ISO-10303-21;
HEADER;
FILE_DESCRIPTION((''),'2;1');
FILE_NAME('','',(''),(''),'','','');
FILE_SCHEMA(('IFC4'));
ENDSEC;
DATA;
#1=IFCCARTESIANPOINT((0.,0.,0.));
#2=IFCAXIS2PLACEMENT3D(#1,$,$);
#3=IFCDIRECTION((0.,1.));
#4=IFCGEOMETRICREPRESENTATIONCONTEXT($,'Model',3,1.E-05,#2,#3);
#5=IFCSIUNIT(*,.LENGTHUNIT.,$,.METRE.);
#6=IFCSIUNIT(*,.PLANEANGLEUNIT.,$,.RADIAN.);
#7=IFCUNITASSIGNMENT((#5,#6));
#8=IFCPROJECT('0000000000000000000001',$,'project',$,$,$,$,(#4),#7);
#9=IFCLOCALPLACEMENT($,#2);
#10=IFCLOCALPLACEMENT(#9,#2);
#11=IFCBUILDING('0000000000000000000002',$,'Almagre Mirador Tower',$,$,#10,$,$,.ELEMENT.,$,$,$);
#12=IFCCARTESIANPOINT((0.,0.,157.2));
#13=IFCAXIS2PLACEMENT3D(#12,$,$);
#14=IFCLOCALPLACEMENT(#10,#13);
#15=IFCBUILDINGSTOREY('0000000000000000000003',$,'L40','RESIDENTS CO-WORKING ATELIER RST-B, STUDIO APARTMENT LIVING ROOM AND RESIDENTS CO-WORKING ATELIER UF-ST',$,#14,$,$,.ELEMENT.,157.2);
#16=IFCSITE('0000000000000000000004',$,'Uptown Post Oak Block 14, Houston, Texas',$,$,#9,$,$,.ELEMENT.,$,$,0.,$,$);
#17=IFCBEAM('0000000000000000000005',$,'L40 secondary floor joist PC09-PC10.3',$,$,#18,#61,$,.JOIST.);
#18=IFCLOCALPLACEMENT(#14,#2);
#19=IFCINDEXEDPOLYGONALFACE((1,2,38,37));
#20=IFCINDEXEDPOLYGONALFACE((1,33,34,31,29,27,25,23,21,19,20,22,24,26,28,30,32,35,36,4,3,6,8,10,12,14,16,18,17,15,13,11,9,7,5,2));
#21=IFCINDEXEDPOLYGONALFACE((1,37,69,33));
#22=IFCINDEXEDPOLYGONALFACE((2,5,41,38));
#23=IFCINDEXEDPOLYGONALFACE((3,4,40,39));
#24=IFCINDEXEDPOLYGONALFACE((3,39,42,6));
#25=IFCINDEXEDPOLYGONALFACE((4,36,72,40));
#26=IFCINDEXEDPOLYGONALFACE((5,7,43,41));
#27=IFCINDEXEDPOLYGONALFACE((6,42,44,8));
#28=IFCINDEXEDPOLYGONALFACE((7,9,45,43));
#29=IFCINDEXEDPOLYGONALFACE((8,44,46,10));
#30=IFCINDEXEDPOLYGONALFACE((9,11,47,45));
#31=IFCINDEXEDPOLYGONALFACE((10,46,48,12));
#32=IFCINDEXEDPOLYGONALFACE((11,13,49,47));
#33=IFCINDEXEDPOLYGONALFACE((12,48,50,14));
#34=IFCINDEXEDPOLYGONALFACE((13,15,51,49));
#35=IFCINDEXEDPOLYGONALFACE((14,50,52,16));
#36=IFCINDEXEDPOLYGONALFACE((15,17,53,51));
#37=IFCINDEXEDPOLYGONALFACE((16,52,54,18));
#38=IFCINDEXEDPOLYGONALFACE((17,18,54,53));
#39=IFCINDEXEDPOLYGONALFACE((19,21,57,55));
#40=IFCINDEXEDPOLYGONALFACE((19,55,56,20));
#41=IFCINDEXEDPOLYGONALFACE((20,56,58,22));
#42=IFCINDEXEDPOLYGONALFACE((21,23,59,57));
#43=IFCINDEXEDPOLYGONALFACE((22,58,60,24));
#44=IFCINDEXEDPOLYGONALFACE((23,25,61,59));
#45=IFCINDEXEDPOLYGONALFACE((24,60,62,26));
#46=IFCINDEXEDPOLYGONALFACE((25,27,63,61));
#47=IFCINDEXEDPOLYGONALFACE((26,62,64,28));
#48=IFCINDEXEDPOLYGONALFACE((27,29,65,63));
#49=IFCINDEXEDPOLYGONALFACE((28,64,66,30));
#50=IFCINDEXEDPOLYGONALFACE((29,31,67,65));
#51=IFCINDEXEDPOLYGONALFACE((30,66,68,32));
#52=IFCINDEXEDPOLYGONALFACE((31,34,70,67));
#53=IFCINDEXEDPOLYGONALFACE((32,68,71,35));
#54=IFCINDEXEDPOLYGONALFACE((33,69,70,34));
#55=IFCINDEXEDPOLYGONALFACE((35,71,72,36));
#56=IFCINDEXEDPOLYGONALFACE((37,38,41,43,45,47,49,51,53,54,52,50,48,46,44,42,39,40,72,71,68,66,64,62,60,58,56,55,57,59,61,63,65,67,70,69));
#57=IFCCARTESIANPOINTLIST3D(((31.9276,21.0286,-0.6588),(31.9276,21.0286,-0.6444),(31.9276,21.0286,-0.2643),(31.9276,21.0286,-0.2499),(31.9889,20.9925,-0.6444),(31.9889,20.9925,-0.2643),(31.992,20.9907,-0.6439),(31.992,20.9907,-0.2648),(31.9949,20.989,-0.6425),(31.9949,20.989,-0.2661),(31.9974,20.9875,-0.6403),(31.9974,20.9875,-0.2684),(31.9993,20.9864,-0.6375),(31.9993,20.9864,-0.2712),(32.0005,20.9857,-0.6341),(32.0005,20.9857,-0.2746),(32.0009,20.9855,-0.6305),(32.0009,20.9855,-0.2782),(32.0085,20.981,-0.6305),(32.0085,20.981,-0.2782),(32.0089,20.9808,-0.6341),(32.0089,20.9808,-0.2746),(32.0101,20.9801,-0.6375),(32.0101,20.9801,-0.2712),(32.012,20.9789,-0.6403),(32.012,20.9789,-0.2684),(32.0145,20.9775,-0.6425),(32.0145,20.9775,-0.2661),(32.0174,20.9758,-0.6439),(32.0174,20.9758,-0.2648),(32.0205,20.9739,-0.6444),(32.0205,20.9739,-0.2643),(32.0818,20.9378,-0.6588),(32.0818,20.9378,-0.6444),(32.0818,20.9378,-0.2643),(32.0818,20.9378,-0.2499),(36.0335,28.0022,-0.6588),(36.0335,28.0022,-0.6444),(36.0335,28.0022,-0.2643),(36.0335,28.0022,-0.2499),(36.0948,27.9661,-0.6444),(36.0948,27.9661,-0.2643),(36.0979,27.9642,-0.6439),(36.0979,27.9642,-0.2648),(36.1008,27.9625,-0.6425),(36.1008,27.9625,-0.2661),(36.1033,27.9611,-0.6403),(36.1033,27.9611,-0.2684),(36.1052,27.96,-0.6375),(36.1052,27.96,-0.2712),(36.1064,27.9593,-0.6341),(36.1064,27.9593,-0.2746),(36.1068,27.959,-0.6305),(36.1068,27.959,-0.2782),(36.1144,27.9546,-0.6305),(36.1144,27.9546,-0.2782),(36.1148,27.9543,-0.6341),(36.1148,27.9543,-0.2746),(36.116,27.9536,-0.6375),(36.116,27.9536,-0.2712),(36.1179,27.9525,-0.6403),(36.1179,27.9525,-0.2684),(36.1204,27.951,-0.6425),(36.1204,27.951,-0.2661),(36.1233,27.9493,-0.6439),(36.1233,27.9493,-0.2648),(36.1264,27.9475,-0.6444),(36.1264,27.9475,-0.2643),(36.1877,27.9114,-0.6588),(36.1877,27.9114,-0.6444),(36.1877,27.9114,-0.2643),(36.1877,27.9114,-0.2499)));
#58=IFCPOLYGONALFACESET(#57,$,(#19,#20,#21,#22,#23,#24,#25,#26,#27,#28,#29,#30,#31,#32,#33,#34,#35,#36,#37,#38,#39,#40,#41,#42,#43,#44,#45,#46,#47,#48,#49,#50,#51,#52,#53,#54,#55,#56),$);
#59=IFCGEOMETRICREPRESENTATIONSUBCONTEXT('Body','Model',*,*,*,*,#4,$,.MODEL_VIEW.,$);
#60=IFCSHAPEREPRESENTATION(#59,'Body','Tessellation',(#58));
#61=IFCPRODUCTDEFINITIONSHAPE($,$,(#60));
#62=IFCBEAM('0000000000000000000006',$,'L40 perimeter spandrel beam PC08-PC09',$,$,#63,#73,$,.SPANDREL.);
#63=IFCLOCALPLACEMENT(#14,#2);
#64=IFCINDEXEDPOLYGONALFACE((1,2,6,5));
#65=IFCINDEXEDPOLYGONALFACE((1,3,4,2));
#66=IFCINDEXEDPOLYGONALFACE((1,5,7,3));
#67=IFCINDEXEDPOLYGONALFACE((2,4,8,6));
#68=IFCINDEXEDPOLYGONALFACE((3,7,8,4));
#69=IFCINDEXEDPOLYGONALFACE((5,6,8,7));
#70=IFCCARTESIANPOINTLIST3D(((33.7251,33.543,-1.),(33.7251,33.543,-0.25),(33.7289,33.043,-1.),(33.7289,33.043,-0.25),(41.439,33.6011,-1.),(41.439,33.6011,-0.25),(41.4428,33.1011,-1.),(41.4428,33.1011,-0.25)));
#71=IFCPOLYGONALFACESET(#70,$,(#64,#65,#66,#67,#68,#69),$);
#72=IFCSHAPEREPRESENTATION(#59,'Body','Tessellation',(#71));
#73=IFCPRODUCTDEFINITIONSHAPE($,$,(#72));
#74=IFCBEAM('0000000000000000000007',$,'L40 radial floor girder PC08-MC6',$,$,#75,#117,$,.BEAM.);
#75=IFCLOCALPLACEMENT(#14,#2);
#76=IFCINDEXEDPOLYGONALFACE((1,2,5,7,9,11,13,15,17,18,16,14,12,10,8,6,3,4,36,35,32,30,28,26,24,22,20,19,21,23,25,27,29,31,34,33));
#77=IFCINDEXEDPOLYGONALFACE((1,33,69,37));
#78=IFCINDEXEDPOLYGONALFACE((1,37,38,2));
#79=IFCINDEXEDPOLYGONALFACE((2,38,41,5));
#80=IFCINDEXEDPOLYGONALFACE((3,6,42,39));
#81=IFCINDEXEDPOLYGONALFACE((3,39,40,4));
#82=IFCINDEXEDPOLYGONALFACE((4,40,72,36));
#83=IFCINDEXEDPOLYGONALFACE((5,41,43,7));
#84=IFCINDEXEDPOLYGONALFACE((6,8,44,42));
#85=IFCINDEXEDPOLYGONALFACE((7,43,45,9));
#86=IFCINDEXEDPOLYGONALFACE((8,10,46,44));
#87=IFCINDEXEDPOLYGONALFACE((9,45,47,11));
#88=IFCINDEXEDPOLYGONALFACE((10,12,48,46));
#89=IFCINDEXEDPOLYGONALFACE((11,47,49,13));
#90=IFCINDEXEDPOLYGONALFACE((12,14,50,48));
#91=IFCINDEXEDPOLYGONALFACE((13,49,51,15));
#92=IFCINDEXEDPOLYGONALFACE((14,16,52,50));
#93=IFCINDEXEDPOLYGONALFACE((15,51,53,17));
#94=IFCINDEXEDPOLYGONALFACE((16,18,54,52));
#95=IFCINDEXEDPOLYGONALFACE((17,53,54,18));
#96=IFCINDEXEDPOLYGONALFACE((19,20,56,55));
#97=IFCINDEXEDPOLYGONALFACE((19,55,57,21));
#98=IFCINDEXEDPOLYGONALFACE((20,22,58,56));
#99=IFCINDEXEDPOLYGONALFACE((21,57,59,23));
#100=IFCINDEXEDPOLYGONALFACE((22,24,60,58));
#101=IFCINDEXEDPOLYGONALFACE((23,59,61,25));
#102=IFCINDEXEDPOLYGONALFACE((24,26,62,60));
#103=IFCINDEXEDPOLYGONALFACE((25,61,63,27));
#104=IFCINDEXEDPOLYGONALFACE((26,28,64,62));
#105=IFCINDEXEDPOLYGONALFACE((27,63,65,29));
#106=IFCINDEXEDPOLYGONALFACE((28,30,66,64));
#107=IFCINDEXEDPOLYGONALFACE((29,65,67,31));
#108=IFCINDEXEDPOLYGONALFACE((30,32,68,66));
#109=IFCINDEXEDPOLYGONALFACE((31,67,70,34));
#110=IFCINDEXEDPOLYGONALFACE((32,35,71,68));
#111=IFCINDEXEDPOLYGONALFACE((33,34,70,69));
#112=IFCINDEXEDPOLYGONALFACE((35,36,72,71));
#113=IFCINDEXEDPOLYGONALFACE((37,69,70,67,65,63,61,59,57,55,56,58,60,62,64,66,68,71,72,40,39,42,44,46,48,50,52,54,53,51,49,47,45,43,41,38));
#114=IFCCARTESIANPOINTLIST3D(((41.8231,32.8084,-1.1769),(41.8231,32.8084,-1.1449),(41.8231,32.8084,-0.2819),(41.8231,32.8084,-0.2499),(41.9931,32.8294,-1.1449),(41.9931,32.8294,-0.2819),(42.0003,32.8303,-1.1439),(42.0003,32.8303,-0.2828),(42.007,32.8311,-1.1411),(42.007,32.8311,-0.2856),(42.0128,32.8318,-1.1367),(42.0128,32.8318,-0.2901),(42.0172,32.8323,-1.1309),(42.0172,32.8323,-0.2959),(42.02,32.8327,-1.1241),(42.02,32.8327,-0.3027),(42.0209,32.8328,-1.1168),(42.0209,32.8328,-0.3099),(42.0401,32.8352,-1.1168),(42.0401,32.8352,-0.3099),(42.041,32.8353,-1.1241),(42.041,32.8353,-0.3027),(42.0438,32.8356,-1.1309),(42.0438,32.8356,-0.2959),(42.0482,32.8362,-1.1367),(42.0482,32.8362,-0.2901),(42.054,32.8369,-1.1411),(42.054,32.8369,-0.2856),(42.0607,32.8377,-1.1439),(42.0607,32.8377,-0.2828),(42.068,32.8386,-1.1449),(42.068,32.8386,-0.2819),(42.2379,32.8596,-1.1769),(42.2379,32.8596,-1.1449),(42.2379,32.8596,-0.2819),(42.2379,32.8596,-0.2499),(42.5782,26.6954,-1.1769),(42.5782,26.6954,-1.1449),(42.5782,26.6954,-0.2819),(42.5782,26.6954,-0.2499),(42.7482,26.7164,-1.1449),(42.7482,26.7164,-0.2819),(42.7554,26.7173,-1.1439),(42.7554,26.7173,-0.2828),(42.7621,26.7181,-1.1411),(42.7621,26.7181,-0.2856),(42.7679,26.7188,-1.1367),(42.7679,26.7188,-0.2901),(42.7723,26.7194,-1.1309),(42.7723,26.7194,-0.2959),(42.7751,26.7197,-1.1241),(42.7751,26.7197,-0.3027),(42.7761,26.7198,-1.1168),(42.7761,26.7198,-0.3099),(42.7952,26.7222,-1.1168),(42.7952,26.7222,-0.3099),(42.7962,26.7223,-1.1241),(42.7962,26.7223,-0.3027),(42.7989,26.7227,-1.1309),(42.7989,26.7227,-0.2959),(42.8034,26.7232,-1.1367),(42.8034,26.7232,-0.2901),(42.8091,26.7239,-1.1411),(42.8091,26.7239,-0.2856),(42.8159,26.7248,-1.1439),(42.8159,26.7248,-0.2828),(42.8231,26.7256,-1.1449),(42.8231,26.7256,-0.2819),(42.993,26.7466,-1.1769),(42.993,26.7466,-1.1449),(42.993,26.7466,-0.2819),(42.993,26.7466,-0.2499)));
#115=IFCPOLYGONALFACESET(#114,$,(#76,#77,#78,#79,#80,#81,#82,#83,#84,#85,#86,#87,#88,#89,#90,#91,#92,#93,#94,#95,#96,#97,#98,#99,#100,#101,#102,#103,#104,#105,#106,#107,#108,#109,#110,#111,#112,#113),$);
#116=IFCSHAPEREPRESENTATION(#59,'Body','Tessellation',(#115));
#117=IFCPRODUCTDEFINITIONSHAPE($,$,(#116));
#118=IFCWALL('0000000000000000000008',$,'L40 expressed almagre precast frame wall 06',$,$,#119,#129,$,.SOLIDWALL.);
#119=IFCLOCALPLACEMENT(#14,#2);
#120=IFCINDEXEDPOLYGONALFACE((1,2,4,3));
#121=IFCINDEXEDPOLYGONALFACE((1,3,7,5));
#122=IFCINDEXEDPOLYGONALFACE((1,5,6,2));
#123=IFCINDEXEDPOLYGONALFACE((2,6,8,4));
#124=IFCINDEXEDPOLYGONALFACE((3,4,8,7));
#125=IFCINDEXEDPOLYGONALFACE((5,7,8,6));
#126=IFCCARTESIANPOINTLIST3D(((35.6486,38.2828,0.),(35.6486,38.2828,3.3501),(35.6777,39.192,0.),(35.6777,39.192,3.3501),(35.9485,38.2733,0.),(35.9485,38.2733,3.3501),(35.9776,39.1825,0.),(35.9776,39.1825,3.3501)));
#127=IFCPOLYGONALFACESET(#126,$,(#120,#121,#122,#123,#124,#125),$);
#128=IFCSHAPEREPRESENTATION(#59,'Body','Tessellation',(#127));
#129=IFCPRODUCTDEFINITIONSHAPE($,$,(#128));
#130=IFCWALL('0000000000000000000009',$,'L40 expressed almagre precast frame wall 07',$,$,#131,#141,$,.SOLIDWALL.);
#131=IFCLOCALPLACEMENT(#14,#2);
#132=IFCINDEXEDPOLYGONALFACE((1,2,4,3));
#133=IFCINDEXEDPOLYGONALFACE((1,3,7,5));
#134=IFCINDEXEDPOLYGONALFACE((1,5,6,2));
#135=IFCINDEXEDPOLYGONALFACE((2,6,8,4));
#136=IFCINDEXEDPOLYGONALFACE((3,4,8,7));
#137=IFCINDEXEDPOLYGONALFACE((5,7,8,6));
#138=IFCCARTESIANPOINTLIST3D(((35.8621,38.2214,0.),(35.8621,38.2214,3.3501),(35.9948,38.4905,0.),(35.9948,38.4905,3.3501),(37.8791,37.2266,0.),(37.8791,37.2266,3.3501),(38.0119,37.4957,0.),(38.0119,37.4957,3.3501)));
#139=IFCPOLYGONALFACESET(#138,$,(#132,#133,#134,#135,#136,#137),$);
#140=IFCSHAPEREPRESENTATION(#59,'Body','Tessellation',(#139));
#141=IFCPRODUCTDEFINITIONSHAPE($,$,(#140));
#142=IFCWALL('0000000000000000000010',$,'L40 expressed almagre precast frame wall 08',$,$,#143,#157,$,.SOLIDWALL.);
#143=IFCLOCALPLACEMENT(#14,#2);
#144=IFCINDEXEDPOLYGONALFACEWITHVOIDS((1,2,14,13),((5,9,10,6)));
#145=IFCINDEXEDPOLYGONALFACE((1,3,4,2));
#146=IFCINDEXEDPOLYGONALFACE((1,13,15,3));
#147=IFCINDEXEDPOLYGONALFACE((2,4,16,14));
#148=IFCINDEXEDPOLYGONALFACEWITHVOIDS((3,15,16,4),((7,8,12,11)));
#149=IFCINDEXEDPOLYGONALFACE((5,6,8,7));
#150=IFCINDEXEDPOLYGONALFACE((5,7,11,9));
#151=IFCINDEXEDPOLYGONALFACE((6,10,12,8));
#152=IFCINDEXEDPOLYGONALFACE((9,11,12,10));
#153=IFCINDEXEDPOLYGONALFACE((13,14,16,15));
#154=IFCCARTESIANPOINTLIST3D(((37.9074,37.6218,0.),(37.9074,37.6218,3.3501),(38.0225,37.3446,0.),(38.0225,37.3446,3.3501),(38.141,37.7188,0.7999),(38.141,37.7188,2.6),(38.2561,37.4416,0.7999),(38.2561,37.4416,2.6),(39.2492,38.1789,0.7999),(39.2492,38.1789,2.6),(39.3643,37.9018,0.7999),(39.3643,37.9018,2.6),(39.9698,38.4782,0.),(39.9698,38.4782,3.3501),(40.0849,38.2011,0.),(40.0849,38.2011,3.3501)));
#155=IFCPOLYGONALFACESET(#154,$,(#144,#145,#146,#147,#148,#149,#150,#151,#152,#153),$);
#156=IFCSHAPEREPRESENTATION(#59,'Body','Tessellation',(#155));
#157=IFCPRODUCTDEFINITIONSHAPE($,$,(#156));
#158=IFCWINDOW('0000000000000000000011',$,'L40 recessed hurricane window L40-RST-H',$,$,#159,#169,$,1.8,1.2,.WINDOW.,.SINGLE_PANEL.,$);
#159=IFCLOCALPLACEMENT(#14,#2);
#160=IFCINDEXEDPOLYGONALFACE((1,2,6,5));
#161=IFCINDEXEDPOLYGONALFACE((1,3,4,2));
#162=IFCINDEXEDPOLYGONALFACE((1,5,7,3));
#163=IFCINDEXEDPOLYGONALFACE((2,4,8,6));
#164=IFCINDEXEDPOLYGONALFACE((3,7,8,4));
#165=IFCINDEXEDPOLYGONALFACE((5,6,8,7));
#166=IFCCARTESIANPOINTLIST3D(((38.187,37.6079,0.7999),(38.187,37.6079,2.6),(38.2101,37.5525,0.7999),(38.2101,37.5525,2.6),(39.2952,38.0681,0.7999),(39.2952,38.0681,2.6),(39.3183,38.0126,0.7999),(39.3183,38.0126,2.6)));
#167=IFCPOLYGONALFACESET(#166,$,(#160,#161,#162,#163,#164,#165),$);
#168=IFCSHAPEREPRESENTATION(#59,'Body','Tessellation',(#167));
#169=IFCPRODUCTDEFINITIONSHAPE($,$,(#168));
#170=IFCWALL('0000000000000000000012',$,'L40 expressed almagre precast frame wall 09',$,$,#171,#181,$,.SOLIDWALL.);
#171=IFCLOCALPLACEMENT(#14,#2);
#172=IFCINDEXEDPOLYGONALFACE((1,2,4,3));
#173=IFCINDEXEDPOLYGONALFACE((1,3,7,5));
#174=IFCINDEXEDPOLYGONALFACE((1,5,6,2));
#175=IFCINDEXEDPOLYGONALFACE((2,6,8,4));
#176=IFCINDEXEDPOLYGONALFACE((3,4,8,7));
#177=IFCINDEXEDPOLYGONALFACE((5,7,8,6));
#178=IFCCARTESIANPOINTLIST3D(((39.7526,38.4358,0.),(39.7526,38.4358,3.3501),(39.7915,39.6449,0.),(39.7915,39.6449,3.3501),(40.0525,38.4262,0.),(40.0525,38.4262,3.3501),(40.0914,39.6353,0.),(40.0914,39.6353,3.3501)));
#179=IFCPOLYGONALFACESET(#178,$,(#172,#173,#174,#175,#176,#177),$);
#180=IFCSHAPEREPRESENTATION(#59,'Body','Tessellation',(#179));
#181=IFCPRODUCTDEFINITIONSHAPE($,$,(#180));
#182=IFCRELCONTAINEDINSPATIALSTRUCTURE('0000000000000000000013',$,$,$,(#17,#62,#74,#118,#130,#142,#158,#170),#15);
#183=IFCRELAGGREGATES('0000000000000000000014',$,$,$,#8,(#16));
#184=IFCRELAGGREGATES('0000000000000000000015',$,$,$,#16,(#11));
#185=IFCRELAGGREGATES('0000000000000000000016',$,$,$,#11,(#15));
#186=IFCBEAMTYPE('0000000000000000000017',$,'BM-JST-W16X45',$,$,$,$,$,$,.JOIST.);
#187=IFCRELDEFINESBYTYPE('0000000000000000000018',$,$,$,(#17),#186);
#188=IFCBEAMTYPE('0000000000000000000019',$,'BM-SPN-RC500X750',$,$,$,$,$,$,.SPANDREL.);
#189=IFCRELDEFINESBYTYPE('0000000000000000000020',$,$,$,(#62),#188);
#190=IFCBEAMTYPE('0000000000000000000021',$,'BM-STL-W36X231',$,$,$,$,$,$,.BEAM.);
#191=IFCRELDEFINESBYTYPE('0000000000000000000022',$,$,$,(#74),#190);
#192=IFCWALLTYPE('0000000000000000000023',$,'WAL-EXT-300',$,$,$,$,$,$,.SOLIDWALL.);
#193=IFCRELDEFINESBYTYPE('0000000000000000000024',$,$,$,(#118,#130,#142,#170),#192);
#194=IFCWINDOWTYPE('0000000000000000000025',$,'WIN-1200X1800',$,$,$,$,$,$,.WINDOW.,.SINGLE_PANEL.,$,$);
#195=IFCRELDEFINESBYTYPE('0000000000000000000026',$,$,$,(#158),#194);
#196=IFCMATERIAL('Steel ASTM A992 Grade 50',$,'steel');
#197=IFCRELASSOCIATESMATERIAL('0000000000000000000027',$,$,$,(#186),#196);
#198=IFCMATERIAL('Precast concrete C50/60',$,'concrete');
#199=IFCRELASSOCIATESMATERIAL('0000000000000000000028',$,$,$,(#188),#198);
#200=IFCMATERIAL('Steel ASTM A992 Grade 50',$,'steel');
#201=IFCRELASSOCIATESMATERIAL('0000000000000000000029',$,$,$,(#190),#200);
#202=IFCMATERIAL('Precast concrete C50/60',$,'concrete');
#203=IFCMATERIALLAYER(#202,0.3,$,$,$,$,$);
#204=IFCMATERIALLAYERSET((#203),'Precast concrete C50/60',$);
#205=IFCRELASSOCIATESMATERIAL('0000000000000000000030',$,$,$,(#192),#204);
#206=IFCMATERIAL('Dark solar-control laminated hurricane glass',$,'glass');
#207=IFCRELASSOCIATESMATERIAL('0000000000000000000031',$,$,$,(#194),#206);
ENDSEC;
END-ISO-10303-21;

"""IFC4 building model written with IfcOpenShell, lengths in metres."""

from ifc_helpers import new_model, si_unit, direction, frame, frame_2d, origin, origin_2d, place, context, subcontext, project, spatial, rectangle, i_section, extrude, material, layer, layer_set, material_profile, profile_set, type_object, element, fill, save


model = new_model("IFC4")

# Units and contexts
model_context = context("Model", 3, precision=1e-05, world=origin(), true_north=direction((0.0, 1.0)))
body_context = subcontext(model_context, "Body", "Model", "MODEL_VIEW")
ifc_project = project(units=[si_unit("LENGTHUNIT", "METRE"), si_unit("PLANEANGLEUNIT", "RADIAN")], contexts=[model_context])

# Site, building, storey
site_placement = place(None, origin())
site = spatial("IfcSite", under=ifc_project, at=site_placement, Name="Uptown Post Oak Block 14, Houston, Texas", CompositionType="ELEMENT", RefElevation=0.0)
building_placement = place(site_placement, origin())
building = spatial("IfcBuilding", under=site, at=building_placement, Name="Almagre Mirador Tower", CompositionType="ELEMENT")
storey_placement = place(building_placement, frame((0.0, 0.0, 157.2)))
storey = spatial("IfcBuildingStorey", under=building, at=storey_placement, Name="L40", Description="RESIDENTS CO-WORKING ATELIER RST-B, STUDIO APARTMENT LIVING ROOM AND RESIDENTS CO-WORKING ATELIER UF-ST", CompositionType="ELEMENT", Elevation=157.2)

# Beams
ifc_material_1 = material(Name="Steel ASTM A992 Grade 50", Category="steel")
ifc_material_profile_1 = material_profile(ifc_material_1, i_section(OverallWidth=0.179, OverallDepth=0.4089, WebThickness=0.0088, FlangeThickness=0.0144, FilletRadius=0.0139, at=origin_2d()), Name="W16X45")
ifc_profile_set_1 = profile_set([ifc_material_profile_1], Name="Steel ASTM A992 Grade 50")
beam_type_1 = type_object("IfcBeamType", Name="BM-JST-W16X45", PredefinedType="JOIST", material=ifc_profile_set_1)
beam_1_placement = place(storey_placement, frame((36.1106, 27.9568, -0.4543), z_axis=(-0.507371, -0.861728, 0.0), x_axis=(0.861728, -0.507371, 0.0)))
element("IfcBeam", 1, at=beam_1_placement, inside=storey, type_object=beam_type_1, Name="L40 secondary floor joist PC09-PC10.3", PredefinedType="JOIST", context=body_context, shape_type="SweptSolid", body=[
    extrude(i_section(OverallWidth=0.179, OverallDepth=0.4089, WebThickness=0.0088, FlangeThickness=0.0144, FilletRadius=0.0139, at=origin_2d()), origin(), (0.0, 0.0, 1.0), 8.0925),
])
ifc_material_2 = material(Name="Precast concrete C50/60", Category="concrete")
ifc_material_profile_2 = material_profile(ifc_material_2, rectangle(XDim=0.5, YDim=0.75, at=origin_2d()), Name="RC500X750")
ifc_profile_set_2 = profile_set([ifc_material_profile_2], Name="Precast concrete C50/60")
beam_type_2 = type_object("IfcBeamType", Name="BM-SPN-RC500X750", PredefinedType="SPANDREL", material=ifc_profile_set_2)
beam_2_placement = place(storey_placement, frame((41.4409, 33.3511, -0.625), z_axis=(-0.999972, -0.007532, 0.0), x_axis=(0.007532, -0.999972, 0.0)))
element("IfcBeam", 2, at=beam_2_placement, inside=storey, type_object=beam_type_2, Name="L40 perimeter spandrel beam PC08-PC09", PredefinedType="SPANDREL", context=body_context, shape_type="SweptSolid", body=[
    extrude(rectangle(XDim=0.5, YDim=0.75, at=origin_2d()), origin(), (0.0, 0.0, 1.0), 7.7141),
])
ifc_material_3 = material(Name="Steel ASTM A992 Grade 50", Category="steel")
ifc_material_profile_3 = material_profile(ifc_material_3, i_section(OverallWidth=0.418, OverallDepth=0.927, WebThickness=0.0193, FlangeThickness=0.032, FilletRadius=0.0281, at=origin_2d()), Name="W36X231")
ifc_profile_set_3 = profile_set([ifc_material_profile_3], Name="Steel ASTM A992 Grade 50")
beam_type_3 = type_object("IfcBeamType", Name="BM-STL-W36X231", PredefinedType="BEAM", material=ifc_profile_set_3)
beam_3_placement = place(storey_placement, frame((42.0305, 32.834, -0.7134), z_axis=(0.122595, -0.992457, 0.0), x_axis=(0.992457, 0.122595, 0.0)))
element("IfcBeam", 3, at=beam_3_placement, inside=storey, type_object=beam_type_3, Name="L40 radial floor girder PC08-MC6", PredefinedType="BEAM", context=body_context, shape_type="SweptSolid", body=[
    extrude(i_section(OverallWidth=0.418, OverallDepth=0.927, WebThickness=0.0193, FlangeThickness=0.032, FilletRadius=0.0281, at=origin_2d()), origin(), (0.0, 0.0, 1.0), 6.1594),
])

# Walls
ifc_material_4 = material(Name="Precast concrete C50/60", Category="concrete")
ifc_layer_1 = layer(ifc_material_4, 0.3)
ifc_layer_set_1 = layer_set([ifc_layer_1], Name="Precast concrete C50/60")
wall_type_1 = type_object("IfcWallType", Name="WAL-EXT-300", PredefinedType="SOLIDWALL", material=ifc_layer_set_1)
wall_1_placement = place(storey_placement, frame((35.8276, 39.1873, 0.0), z_axis=(0.0, 0.0, 1.0), x_axis=(-0.031939, -0.99949, 0.0)))
element("IfcWall", 4, at=wall_1_placement, inside=storey, type_object=wall_type_1, Name="L40 expressed almagre precast frame wall 06", PredefinedType="SOLIDWALL", context=body_context, shape_type="SweptSolid", body=[
    extrude(rectangle(XDim=0.9097, YDim=0.3, at=frame_2d((0.4548, 0.0))), origin(), (0.0, 0.0, 1.0), 3.3501),
])
wall_2_placement = place(storey_placement, frame((35.9285, 38.356, 0.0), z_axis=(0.0, 0.0, 1.0), x_axis=(0.896846, -0.442344, 0.0)))
element("IfcWall", 5, at=wall_2_placement, inside=storey, type_object=wall_type_1, Name="L40 expressed almagre precast frame wall 07", PredefinedType="SOLIDWALL", context=body_context, shape_type="SweptSolid", body=[
    extrude(rectangle(XDim=2.249, YDim=0.3, at=frame_2d((1.1245, 0.0))), origin(), (0.0, 0.0, 1.0), 3.3501),
])

# Wall, opening, window
wall_3_placement = place(storey_placement, frame((37.9648, 37.4832, 0.0), z_axis=(0.0, 0.0, 1.0), x_axis=(0.923542, 0.383497, 0.0)))
wall_3 = element("IfcWall", 6, at=wall_3_placement, inside=storey, type_object=wall_type_1, Name="L40 expressed almagre precast frame wall 08", PredefinedType="SOLIDWALL", context=body_context, shape_type="SweptSolid", body=[
    extrude(rectangle(XDim=2.2332, YDim=0.3, at=frame_2d((1.1167, 0.0))), origin(), (0.0, 0.0, 1.0), 3.3501),
])
opening_1_placement = place(wall_3_placement, frame((0.2529, 0.0, 0.8)))
opening_1 = element("IfcOpeningElement", 7, at=opening_1_placement, cuts=wall_3, PredefinedType="OPENING", context=body_context, shape_type="SweptSolid", body=[
    extrude(rectangle(XDim=1.2, YDim=1.8, at=frame_2d((0.6001, 0.8999))), frame((0.0, 0.1599, 0.0), z_axis=(0.0, -1.0, 0.0), x_axis=(1.0, 0.0, 0.0)), (0.0, 0.0, 1.0), 0.32),
])
ifc_material_5 = material(Name="Dark solar-control laminated hurricane glass", Category="glass")
window_type_1 = type_object("IfcWindowType", Name="WIN-1200X1800", PartitioningType="SINGLE_PANEL", PredefinedType="WINDOW", material=ifc_material_5)
window_1_placement = place(opening_1_placement, origin())
window_1 = element("IfcWindow", 8, at=window_1_placement, inside=storey, type_object=window_type_1, Name="L40 recessed hurricane window L40-RST-H", OverallHeight=1.8, OverallWidth=1.2, PartitioningType="SINGLE_PANEL", PredefinedType="WINDOW", context=body_context, shape_type="SweptSolid", body=[
    extrude(rectangle(XDim=1.2, YDim=1.8, at=frame_2d((0.6001, 0.8999))), frame((0.0, 0.03, 0.0), z_axis=(0.0, -1.0, 0.0), x_axis=(1.0, 0.0, 0.0)), (0.0, 0.0, 1.0), 0.0601),
])
fill(opening_1, window_1)

# Wall
wall_4_placement = place(storey_placement, frame((39.9026, 38.4309, 0.0), z_axis=(0.0, 0.0, 1.0), x_axis=(0.032092, 0.999485, 0.0)))
element("IfcWall", 9, at=wall_4_placement, inside=storey, type_object=wall_type_1, Name="L40 expressed almagre precast frame wall 09", PredefinedType="SOLIDWALL", context=body_context, shape_type="SweptSolid", body=[
    extrude(rectangle(XDim=1.2097, YDim=0.3, at=frame_2d((0.605, 0.0))), origin(), (0.0, 0.0, 1.0), 3.3501),
])

save(model, "model.ifc")
